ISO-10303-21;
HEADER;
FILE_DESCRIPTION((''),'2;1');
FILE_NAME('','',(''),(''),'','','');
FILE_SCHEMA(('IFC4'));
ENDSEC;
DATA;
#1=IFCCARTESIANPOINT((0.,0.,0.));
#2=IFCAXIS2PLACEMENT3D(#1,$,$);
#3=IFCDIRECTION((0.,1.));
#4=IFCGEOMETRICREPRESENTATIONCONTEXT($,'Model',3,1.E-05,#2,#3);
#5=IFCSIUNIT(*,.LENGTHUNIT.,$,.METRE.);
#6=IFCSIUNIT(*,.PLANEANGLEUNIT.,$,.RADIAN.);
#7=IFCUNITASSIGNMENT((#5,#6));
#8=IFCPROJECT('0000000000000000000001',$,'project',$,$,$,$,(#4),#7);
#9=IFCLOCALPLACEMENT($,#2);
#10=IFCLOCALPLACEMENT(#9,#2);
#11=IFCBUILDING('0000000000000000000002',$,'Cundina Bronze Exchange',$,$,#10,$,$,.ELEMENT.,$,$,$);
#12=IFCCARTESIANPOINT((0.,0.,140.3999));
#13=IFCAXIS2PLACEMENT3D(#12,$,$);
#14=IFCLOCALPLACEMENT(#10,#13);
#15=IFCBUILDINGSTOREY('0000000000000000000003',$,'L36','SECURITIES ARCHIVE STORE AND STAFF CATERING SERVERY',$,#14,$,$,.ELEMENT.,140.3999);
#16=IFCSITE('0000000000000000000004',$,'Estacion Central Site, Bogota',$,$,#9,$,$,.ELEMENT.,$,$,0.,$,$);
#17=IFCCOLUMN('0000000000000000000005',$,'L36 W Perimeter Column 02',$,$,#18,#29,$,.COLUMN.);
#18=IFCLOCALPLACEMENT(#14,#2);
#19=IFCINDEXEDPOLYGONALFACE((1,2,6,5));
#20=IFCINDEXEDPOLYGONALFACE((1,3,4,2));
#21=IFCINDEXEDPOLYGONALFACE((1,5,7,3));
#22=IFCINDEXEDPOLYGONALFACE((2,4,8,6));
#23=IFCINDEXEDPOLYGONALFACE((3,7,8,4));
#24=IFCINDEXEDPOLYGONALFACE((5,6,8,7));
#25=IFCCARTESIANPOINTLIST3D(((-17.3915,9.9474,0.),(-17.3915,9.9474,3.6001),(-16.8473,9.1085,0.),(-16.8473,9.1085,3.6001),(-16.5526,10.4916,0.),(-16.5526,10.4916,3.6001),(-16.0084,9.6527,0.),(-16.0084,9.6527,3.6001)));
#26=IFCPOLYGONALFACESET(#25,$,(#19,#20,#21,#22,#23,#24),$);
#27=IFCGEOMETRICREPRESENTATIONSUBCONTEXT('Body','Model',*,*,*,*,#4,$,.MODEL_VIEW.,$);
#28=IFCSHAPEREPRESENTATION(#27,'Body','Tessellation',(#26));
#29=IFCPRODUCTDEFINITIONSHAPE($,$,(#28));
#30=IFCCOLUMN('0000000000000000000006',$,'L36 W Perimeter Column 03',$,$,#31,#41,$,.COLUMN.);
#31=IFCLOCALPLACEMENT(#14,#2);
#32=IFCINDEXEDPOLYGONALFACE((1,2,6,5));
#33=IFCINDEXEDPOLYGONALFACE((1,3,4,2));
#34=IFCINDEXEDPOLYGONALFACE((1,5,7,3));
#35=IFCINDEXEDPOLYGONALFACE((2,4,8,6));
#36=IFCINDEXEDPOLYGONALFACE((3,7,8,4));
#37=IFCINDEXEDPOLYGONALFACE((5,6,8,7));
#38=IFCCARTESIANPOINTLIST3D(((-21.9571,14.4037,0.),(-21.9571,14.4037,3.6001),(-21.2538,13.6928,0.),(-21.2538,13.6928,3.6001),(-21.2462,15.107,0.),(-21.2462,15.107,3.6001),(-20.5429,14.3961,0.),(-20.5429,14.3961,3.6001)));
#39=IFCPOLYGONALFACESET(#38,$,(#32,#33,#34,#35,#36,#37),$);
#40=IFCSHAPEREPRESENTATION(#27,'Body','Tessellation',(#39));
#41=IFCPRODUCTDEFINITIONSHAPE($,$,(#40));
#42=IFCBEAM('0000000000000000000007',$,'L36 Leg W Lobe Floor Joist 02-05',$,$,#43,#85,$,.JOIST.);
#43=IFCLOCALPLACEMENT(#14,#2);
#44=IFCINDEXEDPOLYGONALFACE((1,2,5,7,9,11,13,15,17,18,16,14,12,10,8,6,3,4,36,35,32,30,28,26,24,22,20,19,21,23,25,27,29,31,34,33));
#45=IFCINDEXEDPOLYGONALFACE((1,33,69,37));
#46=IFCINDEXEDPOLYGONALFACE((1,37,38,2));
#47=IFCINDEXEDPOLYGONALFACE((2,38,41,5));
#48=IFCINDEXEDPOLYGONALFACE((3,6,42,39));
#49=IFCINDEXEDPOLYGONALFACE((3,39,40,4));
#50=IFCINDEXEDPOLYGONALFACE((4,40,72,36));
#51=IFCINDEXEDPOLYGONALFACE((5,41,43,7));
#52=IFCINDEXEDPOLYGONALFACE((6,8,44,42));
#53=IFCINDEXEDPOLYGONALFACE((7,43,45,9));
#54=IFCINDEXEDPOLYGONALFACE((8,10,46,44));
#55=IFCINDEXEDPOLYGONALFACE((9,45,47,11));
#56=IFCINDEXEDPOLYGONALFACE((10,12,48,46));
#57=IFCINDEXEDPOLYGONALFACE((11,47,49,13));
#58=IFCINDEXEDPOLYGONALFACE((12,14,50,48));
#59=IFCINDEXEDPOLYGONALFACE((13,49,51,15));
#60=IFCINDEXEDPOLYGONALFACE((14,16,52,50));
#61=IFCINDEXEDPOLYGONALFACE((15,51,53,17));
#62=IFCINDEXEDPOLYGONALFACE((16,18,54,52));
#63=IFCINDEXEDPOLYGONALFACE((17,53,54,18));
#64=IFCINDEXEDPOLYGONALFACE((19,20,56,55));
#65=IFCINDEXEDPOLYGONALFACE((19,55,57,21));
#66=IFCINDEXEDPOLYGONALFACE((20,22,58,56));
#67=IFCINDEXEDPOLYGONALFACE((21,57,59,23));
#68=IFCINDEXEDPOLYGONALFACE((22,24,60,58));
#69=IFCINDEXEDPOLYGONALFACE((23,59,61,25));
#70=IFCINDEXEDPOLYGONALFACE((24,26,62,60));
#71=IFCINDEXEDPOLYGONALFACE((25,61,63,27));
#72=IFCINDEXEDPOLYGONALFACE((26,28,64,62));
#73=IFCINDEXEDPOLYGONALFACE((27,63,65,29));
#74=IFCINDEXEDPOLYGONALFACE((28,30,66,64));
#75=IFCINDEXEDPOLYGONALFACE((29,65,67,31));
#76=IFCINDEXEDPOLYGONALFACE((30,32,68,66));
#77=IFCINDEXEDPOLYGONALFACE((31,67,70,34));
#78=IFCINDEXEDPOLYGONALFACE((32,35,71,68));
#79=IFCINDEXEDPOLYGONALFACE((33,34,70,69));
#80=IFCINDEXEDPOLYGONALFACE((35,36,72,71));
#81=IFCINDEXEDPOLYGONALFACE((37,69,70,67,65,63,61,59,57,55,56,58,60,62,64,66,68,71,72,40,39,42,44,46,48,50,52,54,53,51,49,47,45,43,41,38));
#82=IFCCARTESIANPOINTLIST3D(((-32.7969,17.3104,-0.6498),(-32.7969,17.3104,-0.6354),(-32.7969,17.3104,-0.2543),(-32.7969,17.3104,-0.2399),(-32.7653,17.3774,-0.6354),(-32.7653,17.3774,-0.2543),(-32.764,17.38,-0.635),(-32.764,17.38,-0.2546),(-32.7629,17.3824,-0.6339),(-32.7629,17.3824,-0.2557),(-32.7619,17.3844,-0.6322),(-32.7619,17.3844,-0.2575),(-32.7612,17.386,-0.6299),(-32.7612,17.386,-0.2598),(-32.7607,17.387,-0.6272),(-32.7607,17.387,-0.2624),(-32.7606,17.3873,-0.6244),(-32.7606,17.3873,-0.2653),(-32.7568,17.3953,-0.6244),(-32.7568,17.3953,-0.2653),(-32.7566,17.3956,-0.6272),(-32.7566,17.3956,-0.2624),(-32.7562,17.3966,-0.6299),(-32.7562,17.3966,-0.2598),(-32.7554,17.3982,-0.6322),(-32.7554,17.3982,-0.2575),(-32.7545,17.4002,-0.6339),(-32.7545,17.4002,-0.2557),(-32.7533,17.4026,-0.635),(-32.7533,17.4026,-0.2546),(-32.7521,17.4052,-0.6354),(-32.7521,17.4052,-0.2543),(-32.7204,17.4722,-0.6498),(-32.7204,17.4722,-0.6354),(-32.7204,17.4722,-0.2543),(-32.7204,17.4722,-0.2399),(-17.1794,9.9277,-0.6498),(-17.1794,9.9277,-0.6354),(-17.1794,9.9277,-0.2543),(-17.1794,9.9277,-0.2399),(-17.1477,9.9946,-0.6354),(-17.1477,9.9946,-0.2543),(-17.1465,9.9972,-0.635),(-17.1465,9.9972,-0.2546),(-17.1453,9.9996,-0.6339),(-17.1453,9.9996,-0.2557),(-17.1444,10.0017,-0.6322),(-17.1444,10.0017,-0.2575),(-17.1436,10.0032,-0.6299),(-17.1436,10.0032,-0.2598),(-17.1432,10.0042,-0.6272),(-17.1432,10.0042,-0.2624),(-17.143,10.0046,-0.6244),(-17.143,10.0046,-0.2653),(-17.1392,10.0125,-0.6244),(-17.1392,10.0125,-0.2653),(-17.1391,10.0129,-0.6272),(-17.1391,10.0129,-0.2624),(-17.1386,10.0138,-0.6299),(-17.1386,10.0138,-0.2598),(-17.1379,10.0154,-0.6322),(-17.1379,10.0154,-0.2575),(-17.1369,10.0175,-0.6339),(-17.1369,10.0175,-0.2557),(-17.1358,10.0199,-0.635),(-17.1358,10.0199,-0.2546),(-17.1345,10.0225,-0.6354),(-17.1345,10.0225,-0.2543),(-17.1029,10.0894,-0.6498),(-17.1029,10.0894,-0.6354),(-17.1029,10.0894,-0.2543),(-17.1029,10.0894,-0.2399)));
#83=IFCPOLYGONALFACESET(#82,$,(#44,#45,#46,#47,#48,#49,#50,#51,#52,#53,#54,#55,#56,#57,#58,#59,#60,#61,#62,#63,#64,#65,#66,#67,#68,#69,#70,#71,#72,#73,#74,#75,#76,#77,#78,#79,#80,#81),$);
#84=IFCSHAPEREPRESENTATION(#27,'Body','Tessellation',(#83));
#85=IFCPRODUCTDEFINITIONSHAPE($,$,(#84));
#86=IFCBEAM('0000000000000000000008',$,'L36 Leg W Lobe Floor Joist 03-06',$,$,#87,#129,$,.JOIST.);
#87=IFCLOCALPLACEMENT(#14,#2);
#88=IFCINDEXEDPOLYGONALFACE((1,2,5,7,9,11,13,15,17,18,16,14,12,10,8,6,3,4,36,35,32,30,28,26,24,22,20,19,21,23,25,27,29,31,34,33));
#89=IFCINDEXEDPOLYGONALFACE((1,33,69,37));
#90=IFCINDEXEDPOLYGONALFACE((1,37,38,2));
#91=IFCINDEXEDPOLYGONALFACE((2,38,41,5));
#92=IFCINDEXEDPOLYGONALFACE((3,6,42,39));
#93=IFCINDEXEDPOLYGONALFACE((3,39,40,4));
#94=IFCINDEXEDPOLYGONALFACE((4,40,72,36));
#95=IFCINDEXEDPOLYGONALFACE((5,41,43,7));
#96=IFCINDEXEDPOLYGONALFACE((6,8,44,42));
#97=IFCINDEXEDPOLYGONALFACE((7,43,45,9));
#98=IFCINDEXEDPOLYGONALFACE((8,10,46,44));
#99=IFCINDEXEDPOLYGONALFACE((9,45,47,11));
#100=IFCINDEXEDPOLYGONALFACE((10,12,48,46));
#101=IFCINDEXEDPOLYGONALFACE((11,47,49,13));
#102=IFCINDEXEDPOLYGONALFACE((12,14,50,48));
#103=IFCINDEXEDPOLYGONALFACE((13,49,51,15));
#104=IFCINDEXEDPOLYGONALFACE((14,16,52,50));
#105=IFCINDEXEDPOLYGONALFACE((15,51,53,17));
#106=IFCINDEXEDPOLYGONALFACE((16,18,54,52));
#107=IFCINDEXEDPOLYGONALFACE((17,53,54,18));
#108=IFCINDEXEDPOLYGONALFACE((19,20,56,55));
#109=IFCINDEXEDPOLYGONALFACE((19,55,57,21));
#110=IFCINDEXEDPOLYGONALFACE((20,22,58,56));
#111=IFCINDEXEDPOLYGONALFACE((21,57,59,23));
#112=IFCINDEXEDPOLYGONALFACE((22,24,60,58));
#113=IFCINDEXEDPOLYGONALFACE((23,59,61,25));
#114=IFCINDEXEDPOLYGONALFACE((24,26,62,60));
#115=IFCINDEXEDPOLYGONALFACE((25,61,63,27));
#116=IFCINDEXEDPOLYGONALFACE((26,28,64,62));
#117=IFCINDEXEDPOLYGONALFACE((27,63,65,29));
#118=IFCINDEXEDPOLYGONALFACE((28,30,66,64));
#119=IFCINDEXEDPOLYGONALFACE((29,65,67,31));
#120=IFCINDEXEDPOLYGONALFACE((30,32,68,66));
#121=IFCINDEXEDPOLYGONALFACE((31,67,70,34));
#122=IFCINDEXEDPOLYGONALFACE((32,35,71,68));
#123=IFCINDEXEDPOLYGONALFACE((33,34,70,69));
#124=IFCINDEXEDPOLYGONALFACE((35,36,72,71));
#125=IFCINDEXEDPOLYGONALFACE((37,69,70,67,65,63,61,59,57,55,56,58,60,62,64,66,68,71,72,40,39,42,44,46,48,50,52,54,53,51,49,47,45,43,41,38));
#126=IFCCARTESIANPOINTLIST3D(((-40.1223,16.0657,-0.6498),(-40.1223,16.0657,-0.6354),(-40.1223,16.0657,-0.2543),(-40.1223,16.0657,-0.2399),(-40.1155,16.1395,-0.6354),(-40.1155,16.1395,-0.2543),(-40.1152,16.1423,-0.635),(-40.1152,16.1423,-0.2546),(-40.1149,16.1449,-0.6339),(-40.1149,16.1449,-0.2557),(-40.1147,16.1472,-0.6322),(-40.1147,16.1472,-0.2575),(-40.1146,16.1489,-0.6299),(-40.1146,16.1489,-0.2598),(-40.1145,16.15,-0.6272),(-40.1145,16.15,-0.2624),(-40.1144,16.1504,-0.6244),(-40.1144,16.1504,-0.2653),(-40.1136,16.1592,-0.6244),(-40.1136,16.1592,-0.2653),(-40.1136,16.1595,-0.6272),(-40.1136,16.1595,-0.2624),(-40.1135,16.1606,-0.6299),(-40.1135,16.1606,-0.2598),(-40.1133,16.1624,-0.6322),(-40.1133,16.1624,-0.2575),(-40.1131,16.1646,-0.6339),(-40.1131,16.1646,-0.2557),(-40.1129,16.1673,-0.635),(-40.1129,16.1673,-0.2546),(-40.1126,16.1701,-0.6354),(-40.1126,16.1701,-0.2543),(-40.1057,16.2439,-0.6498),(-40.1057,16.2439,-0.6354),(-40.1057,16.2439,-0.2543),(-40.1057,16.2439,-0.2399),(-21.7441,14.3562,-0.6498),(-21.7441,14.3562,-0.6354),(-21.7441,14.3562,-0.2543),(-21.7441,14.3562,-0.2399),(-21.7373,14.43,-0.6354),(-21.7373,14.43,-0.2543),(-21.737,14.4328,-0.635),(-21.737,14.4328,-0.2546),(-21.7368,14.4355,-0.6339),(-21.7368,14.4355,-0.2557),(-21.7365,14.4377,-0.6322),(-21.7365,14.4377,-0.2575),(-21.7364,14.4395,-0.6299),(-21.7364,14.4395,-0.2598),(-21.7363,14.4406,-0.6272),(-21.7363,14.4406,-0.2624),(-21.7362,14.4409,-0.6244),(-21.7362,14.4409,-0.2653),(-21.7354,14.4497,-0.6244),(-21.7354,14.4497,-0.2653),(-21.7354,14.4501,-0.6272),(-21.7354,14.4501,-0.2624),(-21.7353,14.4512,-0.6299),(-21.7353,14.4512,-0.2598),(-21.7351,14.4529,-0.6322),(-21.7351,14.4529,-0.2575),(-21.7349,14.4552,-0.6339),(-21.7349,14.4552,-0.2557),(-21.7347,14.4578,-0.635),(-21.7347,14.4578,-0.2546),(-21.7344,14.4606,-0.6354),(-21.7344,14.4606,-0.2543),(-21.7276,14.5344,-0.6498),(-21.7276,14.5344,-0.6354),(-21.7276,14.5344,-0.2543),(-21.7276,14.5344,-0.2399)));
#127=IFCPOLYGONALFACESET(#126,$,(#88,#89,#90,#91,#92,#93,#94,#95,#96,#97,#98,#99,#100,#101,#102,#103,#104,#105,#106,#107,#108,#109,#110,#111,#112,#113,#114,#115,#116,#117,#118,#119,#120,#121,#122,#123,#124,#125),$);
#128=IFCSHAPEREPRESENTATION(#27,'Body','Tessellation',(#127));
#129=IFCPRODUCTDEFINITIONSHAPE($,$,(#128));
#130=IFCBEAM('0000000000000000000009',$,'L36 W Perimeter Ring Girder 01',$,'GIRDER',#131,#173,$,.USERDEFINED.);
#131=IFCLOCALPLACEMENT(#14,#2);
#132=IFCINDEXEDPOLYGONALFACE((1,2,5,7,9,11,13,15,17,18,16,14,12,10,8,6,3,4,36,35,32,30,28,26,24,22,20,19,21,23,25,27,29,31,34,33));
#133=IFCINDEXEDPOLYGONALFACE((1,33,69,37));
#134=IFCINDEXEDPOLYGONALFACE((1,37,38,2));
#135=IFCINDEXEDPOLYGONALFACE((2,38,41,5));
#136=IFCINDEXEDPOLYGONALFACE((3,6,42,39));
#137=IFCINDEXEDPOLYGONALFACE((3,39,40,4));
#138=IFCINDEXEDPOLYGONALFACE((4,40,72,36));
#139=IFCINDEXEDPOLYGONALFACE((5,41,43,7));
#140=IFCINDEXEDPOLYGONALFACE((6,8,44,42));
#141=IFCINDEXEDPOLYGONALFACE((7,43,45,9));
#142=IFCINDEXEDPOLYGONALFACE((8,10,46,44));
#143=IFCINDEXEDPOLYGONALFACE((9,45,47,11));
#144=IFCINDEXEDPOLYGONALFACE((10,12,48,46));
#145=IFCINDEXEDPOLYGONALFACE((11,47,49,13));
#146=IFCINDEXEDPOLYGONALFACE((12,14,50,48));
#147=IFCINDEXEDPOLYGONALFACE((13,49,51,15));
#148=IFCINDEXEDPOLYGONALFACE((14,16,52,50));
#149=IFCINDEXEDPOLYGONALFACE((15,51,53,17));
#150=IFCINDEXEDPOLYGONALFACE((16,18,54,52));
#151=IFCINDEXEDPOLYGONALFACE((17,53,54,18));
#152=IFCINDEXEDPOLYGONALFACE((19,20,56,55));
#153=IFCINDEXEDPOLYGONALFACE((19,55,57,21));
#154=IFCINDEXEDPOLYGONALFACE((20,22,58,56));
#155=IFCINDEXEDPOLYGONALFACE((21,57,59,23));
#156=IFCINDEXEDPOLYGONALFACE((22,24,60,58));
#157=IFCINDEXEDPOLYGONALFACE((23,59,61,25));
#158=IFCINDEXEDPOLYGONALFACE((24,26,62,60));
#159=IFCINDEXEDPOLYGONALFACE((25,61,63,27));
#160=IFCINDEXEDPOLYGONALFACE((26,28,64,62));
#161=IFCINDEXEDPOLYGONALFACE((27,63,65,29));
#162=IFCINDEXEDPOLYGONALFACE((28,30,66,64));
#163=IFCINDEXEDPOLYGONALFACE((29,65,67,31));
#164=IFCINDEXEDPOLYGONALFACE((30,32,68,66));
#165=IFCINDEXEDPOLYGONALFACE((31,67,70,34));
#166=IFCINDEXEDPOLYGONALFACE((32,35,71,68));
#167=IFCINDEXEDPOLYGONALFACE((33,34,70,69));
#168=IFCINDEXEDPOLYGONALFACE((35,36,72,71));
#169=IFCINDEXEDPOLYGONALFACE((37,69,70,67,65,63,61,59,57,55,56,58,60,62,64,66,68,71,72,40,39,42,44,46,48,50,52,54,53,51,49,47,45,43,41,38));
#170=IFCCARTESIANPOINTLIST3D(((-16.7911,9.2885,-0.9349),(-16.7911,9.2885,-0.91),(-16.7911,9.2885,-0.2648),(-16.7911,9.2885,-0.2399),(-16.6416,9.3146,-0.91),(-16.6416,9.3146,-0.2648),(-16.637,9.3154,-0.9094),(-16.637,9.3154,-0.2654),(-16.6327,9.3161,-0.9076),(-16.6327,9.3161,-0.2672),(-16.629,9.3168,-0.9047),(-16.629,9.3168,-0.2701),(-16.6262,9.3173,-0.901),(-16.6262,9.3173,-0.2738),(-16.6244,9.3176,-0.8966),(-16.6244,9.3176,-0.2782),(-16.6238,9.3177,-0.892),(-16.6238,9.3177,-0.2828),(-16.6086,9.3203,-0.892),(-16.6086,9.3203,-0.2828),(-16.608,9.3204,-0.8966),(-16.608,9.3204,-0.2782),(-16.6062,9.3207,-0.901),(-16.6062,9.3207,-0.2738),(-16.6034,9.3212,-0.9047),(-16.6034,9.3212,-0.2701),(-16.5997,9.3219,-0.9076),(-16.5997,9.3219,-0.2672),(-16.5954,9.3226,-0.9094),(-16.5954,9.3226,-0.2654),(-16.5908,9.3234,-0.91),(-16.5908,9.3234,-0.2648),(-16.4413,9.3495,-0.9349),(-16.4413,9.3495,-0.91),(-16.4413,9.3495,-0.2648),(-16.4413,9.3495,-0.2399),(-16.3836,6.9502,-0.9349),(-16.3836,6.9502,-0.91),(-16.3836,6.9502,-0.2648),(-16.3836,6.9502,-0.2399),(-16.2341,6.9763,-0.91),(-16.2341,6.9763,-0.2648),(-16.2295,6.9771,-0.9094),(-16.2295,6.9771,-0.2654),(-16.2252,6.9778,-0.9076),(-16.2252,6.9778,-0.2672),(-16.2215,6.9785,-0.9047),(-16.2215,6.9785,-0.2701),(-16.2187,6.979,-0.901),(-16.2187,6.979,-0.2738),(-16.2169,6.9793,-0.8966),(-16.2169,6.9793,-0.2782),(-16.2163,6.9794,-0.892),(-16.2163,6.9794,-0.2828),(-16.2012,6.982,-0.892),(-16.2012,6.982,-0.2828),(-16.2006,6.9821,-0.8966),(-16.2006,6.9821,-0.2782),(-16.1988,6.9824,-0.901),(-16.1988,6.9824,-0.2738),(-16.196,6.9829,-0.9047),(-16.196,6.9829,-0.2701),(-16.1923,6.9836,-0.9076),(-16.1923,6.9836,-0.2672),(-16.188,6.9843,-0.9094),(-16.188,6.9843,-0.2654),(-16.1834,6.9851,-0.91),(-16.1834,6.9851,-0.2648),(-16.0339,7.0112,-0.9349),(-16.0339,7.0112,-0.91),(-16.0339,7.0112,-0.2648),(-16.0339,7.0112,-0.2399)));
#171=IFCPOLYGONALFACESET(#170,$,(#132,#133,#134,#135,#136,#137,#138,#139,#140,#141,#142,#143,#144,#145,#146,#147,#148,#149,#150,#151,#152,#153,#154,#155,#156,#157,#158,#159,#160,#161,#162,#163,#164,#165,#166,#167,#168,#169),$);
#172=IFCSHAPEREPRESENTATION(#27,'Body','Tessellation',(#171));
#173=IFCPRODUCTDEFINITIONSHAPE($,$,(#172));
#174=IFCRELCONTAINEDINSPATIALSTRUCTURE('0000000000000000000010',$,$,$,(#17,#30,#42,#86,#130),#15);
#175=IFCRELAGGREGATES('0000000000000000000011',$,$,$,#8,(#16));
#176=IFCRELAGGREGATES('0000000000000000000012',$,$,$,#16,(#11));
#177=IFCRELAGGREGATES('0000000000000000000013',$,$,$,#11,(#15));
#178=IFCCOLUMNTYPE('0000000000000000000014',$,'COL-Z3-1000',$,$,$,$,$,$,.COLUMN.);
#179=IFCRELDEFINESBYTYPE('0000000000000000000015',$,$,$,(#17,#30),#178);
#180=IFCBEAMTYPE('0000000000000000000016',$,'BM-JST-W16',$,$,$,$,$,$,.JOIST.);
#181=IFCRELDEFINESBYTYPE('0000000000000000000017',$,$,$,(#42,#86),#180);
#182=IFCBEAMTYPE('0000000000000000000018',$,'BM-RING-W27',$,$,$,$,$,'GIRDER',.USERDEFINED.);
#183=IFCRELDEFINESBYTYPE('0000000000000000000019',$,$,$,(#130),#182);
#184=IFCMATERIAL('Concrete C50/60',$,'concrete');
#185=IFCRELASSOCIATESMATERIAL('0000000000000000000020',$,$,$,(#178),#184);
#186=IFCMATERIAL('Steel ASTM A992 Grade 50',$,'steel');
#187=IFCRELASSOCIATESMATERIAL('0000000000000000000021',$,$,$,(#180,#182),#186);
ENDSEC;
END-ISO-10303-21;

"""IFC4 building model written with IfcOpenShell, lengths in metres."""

from ifc_helpers import new_model, si_unit, direction, frame, origin, origin_2d, place, context, subcontext, project, spatial, rectangle, i_section, extrude, material, material_profile, profile_set, type_object, element, save


model = new_model("IFC4")

# Units and contexts
model_context = context("Model", 3, precision=1e-05, world=origin(), true_north=direction((0.0, 1.0)))
body_context = subcontext(model_context, "Body", "Model", "MODEL_VIEW")
ifc_project = project(units=[si_unit("LENGTHUNIT", "METRE"), si_unit("PLANEANGLEUNIT", "RADIAN")], contexts=[model_context])

# Site, building, storey
site_placement = place(None, origin())
site = spatial("IfcSite", under=ifc_project, at=site_placement, Name="Estacion Central Site, Bogota", CompositionType="ELEMENT", RefElevation=0.0)
building_placement = place(site_placement, origin())
building = spatial("IfcBuilding", under=site, at=building_placement, Name="Cundina Bronze Exchange", CompositionType="ELEMENT")
storey_placement = place(building_placement, frame((0.0, 0.0, 140.3999)))
storey = spatial("IfcBuildingStorey", under=building, at=storey_placement, Name="L36", Description="SECURITIES ARCHIVE STORE AND STAFF CATERING SERVERY", CompositionType="ELEMENT", Elevation=140.3999)

# Columns
ifc_material_1 = material(Name="Concrete C50/60", Category="concrete")
ifc_material_profile_1 = material_profile(ifc_material_1, rectangle(XDim=1.0, YDim=1.0, at=origin_2d()), Name="RC1000X1000", Category="concrete")
ifc_profile_set_1 = profile_set([ifc_material_profile_1], Name="Concrete C50/60")
column_type = type_object("IfcColumnType", Name="COL-Z3-1000", PredefinedType="COLUMN", material=ifc_profile_set_1)
for number, where, z_axis, x_axis, name in (
    (1, (-16.7, 9.8, 0.0), (0.0, 0.0, 1.0), (-0.5442, 0.838956, 0.0), "L36 W Perimeter Column 02"),
    (2, (-21.25, 14.3999, 0.0), (0.0, 0.0, 1.0), (-0.703271, 0.710922, 0.0), "L36 W Perimeter Column 03"),
):
    element("IfcColumn", number, at=place(storey_placement, frame(where, z_axis=z_axis, x_axis=x_axis)), inside=storey, type_object=column_type, Name=name, PredefinedType="COLUMN", context=body_context, shape_type="SweptSolid", body=[
        extrude(rectangle(XDim=1.0, YDim=1.0, at=origin_2d()), origin(), (0.0, 0.0, 1.0), 3.6001),
    ])

# Beams
ifc_material_2 = material(Name="Steel ASTM A992 Grade 50", Category="steel")
ifc_material_profile_2 = material_profile(ifc_material_2, i_section(OverallWidth=0.179, OverallDepth=0.4099, WebThickness=0.0088, FlangeThickness=0.0144, FilletRadius=0.011, at=origin_2d()), Name="W16X45", Category="steel")
ifc_profile_set_2 = profile_set([ifc_material_profile_2], Name="Steel ASTM A992 Grade 50")
beam_type_1 = type_object("IfcBeamType", Name="BM-JST-W16", PredefinedType="JOIST", material=ifc_profile_set_2)
beam_1_placement = place(storey_placement, frame((-17.1411, 10.0085, -0.4448), z_axis=(-0.904074, 0.427375, 0.0), x_axis=(-0.427375, -0.904074, 0.0)))
element("IfcBeam", 3, at=beam_1_placement, inside=storey, type_object=beam_type_1, Name="L36 Leg W Lobe Floor Joist 02-05", PredefinedType="JOIST", context=body_context, shape_type="SweptSolid", body=[
    extrude(i_section(OverallWidth=0.179, OverallDepth=0.4099, WebThickness=0.0088, FlangeThickness=0.0144, FilletRadius=0.011, at=origin_2d()), origin(), (0.0, 0.0, 1.0), 17.2747),
])
beam_2_placement = place(storey_placement, frame((-21.7358, 14.4453, -0.4448), z_axis=(-0.995702, 0.092617, 0.0), x_axis=(-0.092617, -0.995702, 0.0)))
element("IfcBeam", 4, at=beam_2_placement, inside=storey, type_object=beam_type_1, Name="L36 Leg W Lobe Floor Joist 03-06", PredefinedType="JOIST", context=body_context, shape_type="SweptSolid", body=[
    extrude(i_section(OverallWidth=0.179, OverallDepth=0.4099, WebThickness=0.0088, FlangeThickness=0.0144, FilletRadius=0.011, at=origin_2d()), origin(), (0.0, 0.0, 1.0), 18.4575),
])
ifc_material_profile_3 = material_profile(ifc_material_2, i_section(OverallWidth=0.355, OverallDepth=0.6951, WebThickness=0.0154, FlangeThickness=0.0249, FilletRadius=0.0181, at=origin_2d()), Name="W27X146", Category="steel")
ifc_profile_set_3 = profile_set([ifc_material_profile_3], Name="Steel ASTM A992 Grade 50")
beam_type_2 = type_object("IfcBeamType", Name="BM-RING-W27", ElementType="GIRDER", PredefinedType="USERDEFINED", material=ifc_profile_set_3)
beam_3_placement = place(storey_placement, frame((-16.2087, 6.9807, -0.5874), z_axis=(-0.171667, 0.985155, 0.0), x_axis=(-0.985155, -0.171667, 0.0)))
element("IfcBeam", 5, at=beam_3_placement, inside=storey, type_object=beam_type_2, Name="L36 W Perimeter Ring Girder 01", ObjectType="GIRDER", PredefinedType="USERDEFINED", context=body_context, shape_type="SweptSolid", body=[
    extrude(i_section(OverallWidth=0.355, OverallDepth=0.6951, WebThickness=0.0154, FlangeThickness=0.0249, FilletRadius=0.0181, at=origin_2d()), origin(), (0.0, 0.0, 1.0), 2.3735),
])

save(model, "model.ifc")
